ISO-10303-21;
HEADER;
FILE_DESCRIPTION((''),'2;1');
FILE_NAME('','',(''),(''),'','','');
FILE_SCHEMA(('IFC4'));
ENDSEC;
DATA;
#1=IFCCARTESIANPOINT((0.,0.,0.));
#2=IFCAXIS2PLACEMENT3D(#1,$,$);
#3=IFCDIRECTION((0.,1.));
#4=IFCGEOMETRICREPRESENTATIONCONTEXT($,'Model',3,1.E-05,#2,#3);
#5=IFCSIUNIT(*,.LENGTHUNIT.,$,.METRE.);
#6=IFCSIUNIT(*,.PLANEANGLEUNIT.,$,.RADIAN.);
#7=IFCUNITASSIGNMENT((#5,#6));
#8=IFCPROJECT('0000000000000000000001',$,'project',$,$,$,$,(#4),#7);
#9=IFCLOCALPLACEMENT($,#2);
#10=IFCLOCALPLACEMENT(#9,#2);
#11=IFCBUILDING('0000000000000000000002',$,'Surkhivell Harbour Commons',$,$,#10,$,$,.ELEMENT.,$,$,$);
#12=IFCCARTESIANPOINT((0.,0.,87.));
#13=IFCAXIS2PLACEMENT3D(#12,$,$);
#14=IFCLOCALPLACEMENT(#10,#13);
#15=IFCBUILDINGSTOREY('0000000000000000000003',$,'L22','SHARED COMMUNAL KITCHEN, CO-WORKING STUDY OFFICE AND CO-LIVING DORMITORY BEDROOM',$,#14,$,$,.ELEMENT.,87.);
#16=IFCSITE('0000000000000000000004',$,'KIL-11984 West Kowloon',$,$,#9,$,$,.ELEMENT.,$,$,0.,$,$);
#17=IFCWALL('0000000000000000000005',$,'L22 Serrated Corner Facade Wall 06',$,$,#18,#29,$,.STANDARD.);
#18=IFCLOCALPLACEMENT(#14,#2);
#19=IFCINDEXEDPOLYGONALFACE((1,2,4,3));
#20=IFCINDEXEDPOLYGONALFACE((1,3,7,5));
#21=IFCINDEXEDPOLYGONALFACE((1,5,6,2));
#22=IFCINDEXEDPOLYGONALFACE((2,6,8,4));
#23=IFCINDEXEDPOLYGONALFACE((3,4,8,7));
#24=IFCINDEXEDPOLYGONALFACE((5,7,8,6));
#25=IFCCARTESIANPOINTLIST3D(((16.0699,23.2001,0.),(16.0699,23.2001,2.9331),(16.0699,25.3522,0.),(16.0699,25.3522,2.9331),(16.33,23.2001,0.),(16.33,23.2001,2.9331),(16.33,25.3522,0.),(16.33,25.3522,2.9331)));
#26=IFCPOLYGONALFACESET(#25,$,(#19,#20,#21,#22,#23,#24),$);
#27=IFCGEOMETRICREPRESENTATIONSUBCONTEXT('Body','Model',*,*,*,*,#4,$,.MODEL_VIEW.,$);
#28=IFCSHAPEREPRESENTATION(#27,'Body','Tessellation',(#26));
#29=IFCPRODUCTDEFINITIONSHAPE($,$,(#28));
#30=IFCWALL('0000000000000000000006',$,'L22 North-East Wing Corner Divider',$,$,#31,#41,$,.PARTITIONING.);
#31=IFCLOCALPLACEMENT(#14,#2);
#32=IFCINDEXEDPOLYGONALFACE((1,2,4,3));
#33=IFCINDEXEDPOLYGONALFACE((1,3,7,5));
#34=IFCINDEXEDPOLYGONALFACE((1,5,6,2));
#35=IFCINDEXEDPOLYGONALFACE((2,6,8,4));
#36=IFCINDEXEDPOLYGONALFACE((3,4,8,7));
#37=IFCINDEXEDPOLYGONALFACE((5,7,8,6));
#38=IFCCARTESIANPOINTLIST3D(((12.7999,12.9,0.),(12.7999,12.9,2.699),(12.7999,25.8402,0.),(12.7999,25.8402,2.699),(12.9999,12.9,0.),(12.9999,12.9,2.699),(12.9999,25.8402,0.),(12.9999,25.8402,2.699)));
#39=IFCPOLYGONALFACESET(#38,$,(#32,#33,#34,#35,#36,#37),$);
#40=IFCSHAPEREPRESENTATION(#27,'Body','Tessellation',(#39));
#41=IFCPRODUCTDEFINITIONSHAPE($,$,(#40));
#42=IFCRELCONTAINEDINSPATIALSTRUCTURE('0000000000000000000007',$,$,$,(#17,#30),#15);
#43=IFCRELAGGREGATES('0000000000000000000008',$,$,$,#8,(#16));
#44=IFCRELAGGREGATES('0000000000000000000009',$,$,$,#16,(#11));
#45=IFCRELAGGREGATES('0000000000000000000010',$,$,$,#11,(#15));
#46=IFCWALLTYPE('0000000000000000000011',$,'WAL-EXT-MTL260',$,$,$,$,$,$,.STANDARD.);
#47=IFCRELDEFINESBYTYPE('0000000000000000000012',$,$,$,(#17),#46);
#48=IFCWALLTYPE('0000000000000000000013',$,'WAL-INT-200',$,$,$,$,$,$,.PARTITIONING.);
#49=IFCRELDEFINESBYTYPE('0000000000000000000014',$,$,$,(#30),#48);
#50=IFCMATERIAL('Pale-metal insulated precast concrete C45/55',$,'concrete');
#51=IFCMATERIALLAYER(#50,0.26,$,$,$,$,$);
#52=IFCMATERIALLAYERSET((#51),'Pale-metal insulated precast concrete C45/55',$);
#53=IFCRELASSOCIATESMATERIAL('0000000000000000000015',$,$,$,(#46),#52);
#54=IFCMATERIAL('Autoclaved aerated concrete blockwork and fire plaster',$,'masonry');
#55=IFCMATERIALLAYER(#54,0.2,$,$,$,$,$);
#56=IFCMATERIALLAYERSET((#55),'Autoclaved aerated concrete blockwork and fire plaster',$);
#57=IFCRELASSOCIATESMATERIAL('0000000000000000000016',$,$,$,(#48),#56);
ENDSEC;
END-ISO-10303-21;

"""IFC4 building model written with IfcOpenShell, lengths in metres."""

from ifc_helpers import new_model, si_unit, direction, frame, frame_2d, origin, place, context, subcontext, project, spatial, rectangle, extrude, material, layer, layer_set, type_object, element, save


model = new_model("IFC4")

# Units and contexts
model_context = context("Model", 3, precision=1e-05, world=origin(), true_north=direction((0.0, 1.0)))
body_context = subcontext(model_context, "Body", "Model", "MODEL_VIEW")
ifc_project = project(units=[si_unit("LENGTHUNIT", "METRE"), si_unit("PLANEANGLEUNIT", "RADIAN")], contexts=[model_context])

# Site, building, storey
site_placement = place(None, origin())
site = spatial("IfcSite", under=ifc_project, at=site_placement, Name="KIL-11984 West Kowloon", CompositionType="ELEMENT", RefElevation=0.0)
building_placement = place(site_placement, origin())
building = spatial("IfcBuilding", under=site, at=building_placement, Name="Surkhivell Harbour Commons", CompositionType="ELEMENT")
storey_placement = place(building_placement, frame((0.0, 0.0, 87.0)))
storey = spatial("IfcBuildingStorey", under=building, at=storey_placement, Name="L22", Description="SHARED COMMUNAL KITCHEN, CO-WORKING STUDY OFFICE AND CO-LIVING DORMITORY BEDROOM", CompositionType="ELEMENT", Elevation=87.0)

# Shared definitions
ifc_material_1 = material(Name="Pale-metal insulated precast concrete C45/55", Category="concrete")
ifc_layer_1 = layer(ifc_material_1, 0.26)
ifc_layer_set_1 = layer_set([ifc_layer_1], Name="Pale-metal insulated precast concrete C45/55")
wall_type_1 = type_object("IfcWallType", Name="WAL-EXT-MTL260", PredefinedType="STANDARD", material=ifc_layer_set_1)

# Walls
wall_1_placement = place(storey_placement, frame((16.2, 23.2, 0.0), z_axis=(0.0, 0.0, 1.0), x_axis=(0.0, 1.0, 0.0)))
element("IfcWall", 1, at=wall_1_placement, inside=storey, type_object=wall_type_1, Name="L22 Serrated Corner Facade Wall 06", PredefinedType="STANDARD", context=body_context, shape_type="SweptSolid", body=[
    extrude(rectangle(XDim=2.1521, YDim=0.26, at=frame_2d((1.0762, 0.0))), origin(), (0.0, 0.0, 1.0), 2.9331),
])
ifc_material_2 = material(Name="Autoclaved aerated concrete blockwork and fire plaster", Category="masonry")
ifc_layer_2 = layer(ifc_material_2, 0.2)
ifc_layer_set_2 = layer_set([ifc_layer_2], Name="Autoclaved aerated concrete blockwork and fire plaster")
wall_type_2 = type_object("IfcWallType", Name="WAL-INT-200", PredefinedType="PARTITIONING", material=ifc_layer_set_2)
wall_2_placement = place(storey_placement, frame((12.8999, 12.8999, 0.0), z_axis=(0.0, 0.0, 1.0), x_axis=(0.0, 1.0, 0.0)))
element("IfcWall", 2, at=wall_2_placement, inside=storey, type_object=wall_type_2, Name="L22 North-East Wing Corner Divider", PredefinedType="PARTITIONING", context=body_context, shape_type="SweptSolid", body=[
    extrude(rectangle(XDim=12.9402, YDim=0.2, at=frame_2d((6.4702, 0.0))), origin(), (0.0, 0.0, 1.0), 2.699),
])

save(model, "model.ifc")
